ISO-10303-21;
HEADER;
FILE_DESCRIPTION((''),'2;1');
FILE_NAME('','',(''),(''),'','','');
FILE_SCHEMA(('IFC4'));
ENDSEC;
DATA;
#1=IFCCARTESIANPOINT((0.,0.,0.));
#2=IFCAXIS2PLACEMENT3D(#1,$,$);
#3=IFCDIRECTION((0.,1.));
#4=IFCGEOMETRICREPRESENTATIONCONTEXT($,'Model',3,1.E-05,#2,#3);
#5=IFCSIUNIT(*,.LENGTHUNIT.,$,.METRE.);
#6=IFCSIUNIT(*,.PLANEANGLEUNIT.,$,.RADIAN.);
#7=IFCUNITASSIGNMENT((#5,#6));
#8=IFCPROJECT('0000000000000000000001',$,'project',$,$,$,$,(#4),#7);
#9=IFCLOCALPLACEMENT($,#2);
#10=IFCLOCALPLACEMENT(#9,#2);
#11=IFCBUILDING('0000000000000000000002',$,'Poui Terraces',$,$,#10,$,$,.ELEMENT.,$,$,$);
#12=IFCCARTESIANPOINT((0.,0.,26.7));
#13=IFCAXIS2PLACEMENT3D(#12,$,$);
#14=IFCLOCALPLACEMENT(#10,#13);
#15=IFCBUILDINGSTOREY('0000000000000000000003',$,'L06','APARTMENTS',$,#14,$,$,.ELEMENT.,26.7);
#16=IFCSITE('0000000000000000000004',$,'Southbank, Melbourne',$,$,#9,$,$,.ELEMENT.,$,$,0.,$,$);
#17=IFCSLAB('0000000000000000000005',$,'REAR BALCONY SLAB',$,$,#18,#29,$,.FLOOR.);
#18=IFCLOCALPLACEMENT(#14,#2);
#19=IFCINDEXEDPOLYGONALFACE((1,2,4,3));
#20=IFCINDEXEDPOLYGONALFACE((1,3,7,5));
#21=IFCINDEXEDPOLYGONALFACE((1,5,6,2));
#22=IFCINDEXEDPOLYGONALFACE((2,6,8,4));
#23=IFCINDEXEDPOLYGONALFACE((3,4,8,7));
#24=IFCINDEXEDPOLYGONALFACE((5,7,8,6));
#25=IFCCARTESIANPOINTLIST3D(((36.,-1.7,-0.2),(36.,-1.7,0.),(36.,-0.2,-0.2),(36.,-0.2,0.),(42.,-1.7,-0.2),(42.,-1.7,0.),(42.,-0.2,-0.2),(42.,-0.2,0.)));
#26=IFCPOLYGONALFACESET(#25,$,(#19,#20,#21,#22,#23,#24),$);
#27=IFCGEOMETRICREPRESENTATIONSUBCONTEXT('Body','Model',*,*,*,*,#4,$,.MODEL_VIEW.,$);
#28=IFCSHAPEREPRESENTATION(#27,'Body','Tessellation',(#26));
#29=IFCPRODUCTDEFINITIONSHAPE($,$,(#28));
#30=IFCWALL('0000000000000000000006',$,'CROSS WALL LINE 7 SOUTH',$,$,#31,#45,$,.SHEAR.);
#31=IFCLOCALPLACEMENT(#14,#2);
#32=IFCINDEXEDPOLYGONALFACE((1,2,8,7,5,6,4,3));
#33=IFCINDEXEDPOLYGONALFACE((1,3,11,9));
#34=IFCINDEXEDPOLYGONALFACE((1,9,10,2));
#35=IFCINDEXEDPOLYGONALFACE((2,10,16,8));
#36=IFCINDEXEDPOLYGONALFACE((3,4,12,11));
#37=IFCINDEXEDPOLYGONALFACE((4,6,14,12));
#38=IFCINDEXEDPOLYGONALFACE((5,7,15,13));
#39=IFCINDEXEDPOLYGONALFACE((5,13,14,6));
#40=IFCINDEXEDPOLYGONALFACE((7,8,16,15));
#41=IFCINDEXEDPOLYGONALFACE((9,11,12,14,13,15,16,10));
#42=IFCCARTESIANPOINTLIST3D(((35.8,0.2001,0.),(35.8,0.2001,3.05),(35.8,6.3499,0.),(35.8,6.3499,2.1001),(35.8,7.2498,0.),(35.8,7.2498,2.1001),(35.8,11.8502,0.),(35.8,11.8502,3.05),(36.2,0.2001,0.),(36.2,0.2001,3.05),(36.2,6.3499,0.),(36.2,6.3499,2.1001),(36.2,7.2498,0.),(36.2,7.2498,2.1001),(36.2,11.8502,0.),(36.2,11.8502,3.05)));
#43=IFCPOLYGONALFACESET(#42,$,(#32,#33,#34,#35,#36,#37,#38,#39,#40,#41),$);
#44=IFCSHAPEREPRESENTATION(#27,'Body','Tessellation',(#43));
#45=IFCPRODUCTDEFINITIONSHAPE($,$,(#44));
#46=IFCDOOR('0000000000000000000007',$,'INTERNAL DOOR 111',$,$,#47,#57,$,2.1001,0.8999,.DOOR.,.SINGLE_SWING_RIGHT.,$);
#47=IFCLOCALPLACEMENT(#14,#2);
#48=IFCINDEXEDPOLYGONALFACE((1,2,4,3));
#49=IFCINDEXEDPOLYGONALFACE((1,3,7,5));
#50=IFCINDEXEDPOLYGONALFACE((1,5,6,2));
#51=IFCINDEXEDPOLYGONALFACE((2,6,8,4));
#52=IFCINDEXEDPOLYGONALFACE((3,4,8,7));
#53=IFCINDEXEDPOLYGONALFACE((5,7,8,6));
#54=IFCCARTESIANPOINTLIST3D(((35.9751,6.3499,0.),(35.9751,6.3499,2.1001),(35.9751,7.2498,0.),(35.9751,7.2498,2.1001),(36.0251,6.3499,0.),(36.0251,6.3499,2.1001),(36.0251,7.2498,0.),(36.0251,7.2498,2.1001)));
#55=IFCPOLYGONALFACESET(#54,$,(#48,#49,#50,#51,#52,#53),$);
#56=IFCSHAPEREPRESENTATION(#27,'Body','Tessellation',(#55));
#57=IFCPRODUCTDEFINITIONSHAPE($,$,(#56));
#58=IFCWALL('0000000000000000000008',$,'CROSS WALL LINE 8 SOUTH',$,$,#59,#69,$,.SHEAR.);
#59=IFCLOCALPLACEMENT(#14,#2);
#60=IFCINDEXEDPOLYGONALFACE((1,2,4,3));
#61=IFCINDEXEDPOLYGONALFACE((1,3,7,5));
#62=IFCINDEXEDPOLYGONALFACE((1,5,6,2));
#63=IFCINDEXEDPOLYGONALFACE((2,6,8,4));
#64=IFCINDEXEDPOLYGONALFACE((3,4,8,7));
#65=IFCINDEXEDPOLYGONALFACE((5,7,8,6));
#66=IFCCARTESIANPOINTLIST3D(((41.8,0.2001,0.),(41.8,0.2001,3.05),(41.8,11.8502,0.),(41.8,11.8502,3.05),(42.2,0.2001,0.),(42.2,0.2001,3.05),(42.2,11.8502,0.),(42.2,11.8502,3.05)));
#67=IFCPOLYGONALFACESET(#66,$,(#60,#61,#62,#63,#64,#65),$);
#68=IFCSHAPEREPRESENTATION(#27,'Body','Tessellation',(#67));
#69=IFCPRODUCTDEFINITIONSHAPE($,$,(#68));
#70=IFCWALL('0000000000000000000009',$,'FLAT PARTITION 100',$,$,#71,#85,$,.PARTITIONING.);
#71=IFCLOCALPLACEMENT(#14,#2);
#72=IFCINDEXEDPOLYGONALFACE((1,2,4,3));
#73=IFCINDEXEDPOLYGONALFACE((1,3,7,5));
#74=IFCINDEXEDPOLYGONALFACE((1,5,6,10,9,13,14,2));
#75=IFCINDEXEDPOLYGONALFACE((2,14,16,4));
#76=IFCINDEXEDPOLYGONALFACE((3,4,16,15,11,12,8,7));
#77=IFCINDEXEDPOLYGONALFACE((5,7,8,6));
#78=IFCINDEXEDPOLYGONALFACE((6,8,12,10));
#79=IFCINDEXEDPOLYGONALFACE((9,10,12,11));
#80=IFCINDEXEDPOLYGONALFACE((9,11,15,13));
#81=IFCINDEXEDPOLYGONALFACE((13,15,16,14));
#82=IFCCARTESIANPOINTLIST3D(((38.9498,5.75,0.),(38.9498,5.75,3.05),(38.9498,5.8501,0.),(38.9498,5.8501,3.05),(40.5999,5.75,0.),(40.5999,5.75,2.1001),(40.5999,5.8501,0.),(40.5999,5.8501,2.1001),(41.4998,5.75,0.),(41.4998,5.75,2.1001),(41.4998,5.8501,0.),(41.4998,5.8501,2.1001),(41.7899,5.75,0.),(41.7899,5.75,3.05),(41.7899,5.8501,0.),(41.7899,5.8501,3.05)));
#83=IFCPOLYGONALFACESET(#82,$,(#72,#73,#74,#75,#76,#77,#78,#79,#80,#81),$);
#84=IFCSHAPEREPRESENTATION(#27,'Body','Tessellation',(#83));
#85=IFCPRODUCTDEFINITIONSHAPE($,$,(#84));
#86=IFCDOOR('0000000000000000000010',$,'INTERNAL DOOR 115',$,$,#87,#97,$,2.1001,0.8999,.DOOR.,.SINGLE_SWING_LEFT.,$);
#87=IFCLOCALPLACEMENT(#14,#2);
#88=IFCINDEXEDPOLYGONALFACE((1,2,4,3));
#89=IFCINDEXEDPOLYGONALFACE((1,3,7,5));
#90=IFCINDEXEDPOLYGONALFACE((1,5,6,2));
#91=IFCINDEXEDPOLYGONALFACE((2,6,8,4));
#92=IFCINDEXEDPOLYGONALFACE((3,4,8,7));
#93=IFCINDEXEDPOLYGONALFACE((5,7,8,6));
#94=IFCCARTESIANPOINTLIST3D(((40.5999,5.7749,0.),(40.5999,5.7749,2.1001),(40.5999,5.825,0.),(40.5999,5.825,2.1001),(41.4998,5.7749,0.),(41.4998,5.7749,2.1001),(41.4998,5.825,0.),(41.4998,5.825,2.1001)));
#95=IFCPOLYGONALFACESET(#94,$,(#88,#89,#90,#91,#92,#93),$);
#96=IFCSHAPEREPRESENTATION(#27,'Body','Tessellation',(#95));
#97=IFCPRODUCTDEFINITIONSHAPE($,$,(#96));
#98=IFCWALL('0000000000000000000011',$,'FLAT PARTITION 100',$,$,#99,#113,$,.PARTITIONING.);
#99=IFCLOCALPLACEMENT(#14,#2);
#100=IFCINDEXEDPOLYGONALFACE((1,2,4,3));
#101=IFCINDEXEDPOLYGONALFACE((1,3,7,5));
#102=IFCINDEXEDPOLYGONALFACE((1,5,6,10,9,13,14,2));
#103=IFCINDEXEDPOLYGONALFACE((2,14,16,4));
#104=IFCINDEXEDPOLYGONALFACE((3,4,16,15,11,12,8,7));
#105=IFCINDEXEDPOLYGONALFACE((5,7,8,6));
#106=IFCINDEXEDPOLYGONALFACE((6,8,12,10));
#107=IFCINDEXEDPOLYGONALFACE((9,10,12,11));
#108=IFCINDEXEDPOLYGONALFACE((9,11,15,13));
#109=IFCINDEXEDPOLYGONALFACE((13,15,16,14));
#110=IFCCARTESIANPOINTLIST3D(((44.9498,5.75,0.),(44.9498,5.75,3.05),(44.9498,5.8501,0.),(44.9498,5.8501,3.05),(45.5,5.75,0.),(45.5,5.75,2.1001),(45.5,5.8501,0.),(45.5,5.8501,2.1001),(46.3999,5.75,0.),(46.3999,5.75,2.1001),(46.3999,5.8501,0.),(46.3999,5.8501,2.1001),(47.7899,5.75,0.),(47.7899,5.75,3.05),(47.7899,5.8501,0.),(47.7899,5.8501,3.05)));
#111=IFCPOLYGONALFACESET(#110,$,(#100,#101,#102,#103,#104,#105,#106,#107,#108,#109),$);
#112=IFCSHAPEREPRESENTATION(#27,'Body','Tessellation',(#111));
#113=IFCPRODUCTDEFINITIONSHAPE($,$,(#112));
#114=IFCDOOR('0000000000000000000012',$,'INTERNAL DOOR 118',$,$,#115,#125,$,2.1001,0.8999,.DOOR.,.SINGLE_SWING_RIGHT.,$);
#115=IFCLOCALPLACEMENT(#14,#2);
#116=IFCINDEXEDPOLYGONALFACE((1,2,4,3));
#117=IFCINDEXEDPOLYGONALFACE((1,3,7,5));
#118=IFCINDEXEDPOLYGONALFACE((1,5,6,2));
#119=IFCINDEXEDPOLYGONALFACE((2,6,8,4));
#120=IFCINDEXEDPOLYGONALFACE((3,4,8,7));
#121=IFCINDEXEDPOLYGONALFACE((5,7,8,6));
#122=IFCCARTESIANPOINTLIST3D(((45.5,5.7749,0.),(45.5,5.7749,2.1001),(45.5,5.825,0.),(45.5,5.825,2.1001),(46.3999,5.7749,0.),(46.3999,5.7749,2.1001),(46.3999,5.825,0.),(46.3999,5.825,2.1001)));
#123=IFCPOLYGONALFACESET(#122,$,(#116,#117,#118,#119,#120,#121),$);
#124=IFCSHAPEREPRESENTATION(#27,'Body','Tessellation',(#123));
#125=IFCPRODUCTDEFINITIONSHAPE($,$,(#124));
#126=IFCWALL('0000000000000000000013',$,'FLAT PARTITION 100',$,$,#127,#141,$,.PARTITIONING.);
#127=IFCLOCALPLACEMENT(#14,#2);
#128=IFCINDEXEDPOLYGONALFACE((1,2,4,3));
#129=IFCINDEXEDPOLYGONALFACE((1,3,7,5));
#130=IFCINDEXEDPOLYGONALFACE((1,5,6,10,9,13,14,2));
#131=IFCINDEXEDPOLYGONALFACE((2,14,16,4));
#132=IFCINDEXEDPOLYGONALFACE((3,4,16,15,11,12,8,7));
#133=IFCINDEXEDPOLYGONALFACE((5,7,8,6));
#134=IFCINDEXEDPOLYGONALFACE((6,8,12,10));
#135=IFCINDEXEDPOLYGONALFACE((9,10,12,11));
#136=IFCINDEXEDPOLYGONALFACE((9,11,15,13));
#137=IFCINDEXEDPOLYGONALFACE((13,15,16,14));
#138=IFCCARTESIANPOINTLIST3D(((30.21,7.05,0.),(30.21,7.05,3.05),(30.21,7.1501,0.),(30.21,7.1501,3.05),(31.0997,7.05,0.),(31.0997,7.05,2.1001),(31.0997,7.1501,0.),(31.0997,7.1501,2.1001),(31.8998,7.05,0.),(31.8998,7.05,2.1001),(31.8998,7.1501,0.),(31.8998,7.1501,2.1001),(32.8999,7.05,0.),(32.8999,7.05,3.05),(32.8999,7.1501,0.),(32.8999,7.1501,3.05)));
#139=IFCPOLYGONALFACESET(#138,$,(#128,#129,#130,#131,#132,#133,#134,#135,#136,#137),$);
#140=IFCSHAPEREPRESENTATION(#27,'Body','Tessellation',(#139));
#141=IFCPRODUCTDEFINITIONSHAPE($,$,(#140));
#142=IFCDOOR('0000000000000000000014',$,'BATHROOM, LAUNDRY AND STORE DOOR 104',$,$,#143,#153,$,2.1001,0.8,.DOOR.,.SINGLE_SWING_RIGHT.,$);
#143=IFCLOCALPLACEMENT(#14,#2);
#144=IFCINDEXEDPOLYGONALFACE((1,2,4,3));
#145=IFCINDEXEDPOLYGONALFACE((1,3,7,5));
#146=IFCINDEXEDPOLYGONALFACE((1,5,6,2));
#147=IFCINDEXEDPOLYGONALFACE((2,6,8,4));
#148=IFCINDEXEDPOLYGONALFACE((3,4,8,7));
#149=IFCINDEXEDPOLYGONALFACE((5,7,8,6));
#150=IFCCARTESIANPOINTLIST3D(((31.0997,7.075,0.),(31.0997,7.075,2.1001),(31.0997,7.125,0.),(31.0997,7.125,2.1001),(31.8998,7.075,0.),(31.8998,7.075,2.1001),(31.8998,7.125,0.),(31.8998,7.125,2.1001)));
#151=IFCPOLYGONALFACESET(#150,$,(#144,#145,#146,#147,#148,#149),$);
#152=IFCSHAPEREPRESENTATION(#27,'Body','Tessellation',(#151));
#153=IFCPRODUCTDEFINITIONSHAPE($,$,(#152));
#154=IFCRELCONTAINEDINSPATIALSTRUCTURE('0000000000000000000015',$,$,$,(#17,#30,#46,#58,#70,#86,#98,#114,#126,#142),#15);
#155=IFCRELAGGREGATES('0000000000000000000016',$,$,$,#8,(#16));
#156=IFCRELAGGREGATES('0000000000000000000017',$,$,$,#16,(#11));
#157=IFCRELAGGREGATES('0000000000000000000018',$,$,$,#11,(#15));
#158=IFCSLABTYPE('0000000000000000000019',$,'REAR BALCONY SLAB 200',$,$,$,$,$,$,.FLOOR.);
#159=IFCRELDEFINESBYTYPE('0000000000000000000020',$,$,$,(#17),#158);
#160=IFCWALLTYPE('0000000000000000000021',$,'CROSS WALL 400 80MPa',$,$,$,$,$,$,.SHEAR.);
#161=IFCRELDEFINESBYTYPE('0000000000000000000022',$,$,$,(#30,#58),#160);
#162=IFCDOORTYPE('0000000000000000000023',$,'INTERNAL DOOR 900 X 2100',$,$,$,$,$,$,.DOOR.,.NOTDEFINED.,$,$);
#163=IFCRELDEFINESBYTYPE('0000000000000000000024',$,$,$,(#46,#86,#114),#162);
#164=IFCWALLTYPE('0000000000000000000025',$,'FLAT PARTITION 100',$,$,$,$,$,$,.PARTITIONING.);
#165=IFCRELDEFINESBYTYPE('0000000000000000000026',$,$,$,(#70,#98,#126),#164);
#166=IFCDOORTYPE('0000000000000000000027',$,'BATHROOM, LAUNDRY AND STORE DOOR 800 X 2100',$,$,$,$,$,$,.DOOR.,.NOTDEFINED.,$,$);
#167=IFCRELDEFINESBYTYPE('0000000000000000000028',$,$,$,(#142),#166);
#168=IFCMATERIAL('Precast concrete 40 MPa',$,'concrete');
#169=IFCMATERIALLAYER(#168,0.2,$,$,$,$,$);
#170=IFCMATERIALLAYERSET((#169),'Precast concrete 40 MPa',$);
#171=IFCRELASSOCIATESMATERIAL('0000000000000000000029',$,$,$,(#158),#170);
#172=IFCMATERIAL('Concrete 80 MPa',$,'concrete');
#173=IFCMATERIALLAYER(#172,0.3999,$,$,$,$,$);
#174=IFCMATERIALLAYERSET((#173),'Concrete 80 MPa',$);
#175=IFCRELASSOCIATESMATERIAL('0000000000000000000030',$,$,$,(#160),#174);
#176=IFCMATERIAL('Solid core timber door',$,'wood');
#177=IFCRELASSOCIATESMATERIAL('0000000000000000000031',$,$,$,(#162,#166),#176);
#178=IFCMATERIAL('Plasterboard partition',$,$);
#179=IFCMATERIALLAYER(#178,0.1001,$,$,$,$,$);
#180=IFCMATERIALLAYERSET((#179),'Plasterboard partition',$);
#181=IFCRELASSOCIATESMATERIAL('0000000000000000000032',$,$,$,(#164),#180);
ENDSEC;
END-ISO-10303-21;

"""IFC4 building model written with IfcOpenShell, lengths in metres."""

from ifc_helpers import new_model, si_unit, direction, frame, frame_2d, origin, place, context, subcontext, project, spatial, polyline, rectangle, outline, extrude, source, transform, mapped, material, layer, layer_set, type_object, element, fill, save


model = new_model("IFC4")

# Units and contexts
model_context = context("Model", 3, precision=1e-05, world=origin(), true_north=direction((0.0, 1.0)))
body_context = subcontext(model_context, "Body", "Model", "MODEL_VIEW")
ifc_project = project(units=[si_unit("LENGTHUNIT", "METRE"), si_unit("PLANEANGLEUNIT", "RADIAN")], contexts=[model_context])

# Site, building, storey
site_placement = place(None, origin())
site = spatial("IfcSite", under=ifc_project, at=site_placement, Name="Southbank, Melbourne", CompositionType="ELEMENT", RefElevation=0.0)
building_placement = place(site_placement, origin())
building = spatial("IfcBuilding", under=site, at=building_placement, Name="Poui Terraces", CompositionType="ELEMENT")
storey_placement = place(building_placement, frame((0.0, 0.0, 26.7)))
storey = spatial("IfcBuildingStorey", under=building, at=storey_placement, Name="L06", Description="APARTMENTS", CompositionType="ELEMENT", Elevation=26.7)

# Slab
ifc_material_1 = material(Name="Precast concrete 40 MPa", Category="concrete")
ifc_layer_1 = layer(ifc_material_1, 0.2)
ifc_layer_set_1 = layer_set([ifc_layer_1], Name="Precast concrete 40 MPa")
slab_type = type_object("IfcSlabType", Name="REAR BALCONY SLAB 200", PredefinedType="FLOOR", material=ifc_layer_set_1)
shared_shape_1 = source(origin(), body_context, "Body", "SweptSolid", [
    extrude(outline(polyline([(0.0, 0.0), (6.0, 0.0), (6.0, 1.5), (0.0, 1.5), (0.0, 0.0)])), origin(), (0.0, 0.0, 1.0), 0.2),
])
slab_placement = place(storey_placement, frame((36.0, -1.7, -0.2)))
element("IfcSlab", 1, at=slab_placement, inside=storey, type_object=slab_type, Name="REAR BALCONY SLAB", PredefinedType="FLOOR", context=body_context, shape_type="MappedRepresentation", body=[
    mapped(shared_shape_1, transform((0.0, 0.0, 0.0))),
])

# Wall, opening, door
ifc_material_2 = material(Name="Concrete 80 MPa", Category="concrete")
ifc_layer_2 = layer(ifc_material_2, 0.3999)
ifc_layer_set_2 = layer_set([ifc_layer_2], Name="Concrete 80 MPa")
wall_type_1 = type_object("IfcWallType", Name="CROSS WALL 400 80MPa", PredefinedType="SHEAR", material=ifc_layer_set_2)
wall_1_placement = place(storey_placement, frame((36.0, 0.2, 0.0), z_axis=(0.0, 0.0, 1.0), x_axis=(0.0, 1.0, 0.0)))
wall_1 = element("IfcWall", 2, at=wall_1_placement, inside=storey, type_object=wall_type_1, Name="CROSS WALL LINE 7 SOUTH", PredefinedType="SHEAR", context=body_context, shape_type="SweptSolid", body=[
    extrude(rectangle(XDim=11.6501, YDim=0.3999, at=frame_2d((5.8252, 0.0))), origin(), (0.0, 0.0, 1.0), 3.05),
])
opening_1_placement = place(wall_1_placement, frame((6.1499, 0.0, 0.0)))
opening_1 = element("IfcOpeningElement", 3, at=opening_1_placement, cuts=wall_1, PredefinedType="OPENING", context=body_context, shape_type="SweptSolid", body=[
    extrude(rectangle(XDim=0.8999, YDim=2.1001, at=frame_2d((0.45, 1.05))), frame((0.0, 0.21, 0.0), z_axis=(0.0, -1.0, 0.0), x_axis=(1.0, 0.0, 0.0)), (0.0, 0.0, 1.0), 0.4199),
])
ifc_material_3 = material(Name="Solid core timber door", Category="wood")
door_type_1 = type_object("IfcDoorType", Name="INTERNAL DOOR 900 X 2100", OperationType="NOTDEFINED", PredefinedType="DOOR", material=ifc_material_3)
door_1_placement = place(opening_1_placement, origin())
door_1 = element("IfcDoor", 4, at=door_1_placement, inside=storey, type_object=door_type_1, Name="INTERNAL DOOR 111", OperationType="SINGLE_SWING_RIGHT", OverallHeight=2.1001, OverallWidth=0.8999, PredefinedType="DOOR", context=body_context, shape_type="SweptSolid", body=[
    extrude(rectangle(XDim=0.8999, YDim=2.1001, at=frame_2d((0.45, 1.05))), frame((0.0, 0.0249, 0.0), z_axis=(0.0, -1.0, 0.0), x_axis=(1.0, 0.0, 0.0)), (0.0, 0.0, 1.0), 0.05),
])
fill(opening_1, door_1)

# Wall
wall_2_placement = place(storey_placement, frame((42.0, 0.2, 0.0), z_axis=(0.0, 0.0, 1.0), x_axis=(0.0, 1.0, 0.0)))
element("IfcWall", 5, at=wall_2_placement, inside=storey, type_object=wall_type_1, Name="CROSS WALL LINE 8 SOUTH", PredefinedType="SHEAR", context=body_context, shape_type="SweptSolid", body=[
    extrude(rectangle(XDim=11.6501, YDim=0.3999, at=frame_2d((5.8252, 0.0))), origin(), (0.0, 0.0, 1.0), 3.05),
])

# Walls, openings, doors
ifc_material_4 = material(Name="Plasterboard partition")
ifc_layer_3 = layer(ifc_material_4, 0.1001)
ifc_layer_set_3 = layer_set([ifc_layer_3], Name="Plasterboard partition")
wall_type_2 = type_object("IfcWallType", Name="FLAT PARTITION 100", PredefinedType="PARTITIONING", material=ifc_layer_set_3)
wall_3_placement = place(storey_placement, frame((38.95, 5.8, 0.0), z_axis=(0.0, 0.0, 1.0), x_axis=(1.0, 0.0, 0.0)))
wall_3 = element("IfcWall", 6, at=wall_3_placement, inside=storey, type_object=wall_type_2, Name="FLAT PARTITION 100", PredefinedType="PARTITIONING", context=body_context, shape_type="SweptSolid", body=[
    extrude(rectangle(XDim=2.8401, YDim=0.1001, at=frame_2d((1.4199, 0.0))), origin(), (0.0, 0.0, 1.0), 3.05),
])
opening_2_placement = place(wall_3_placement, frame((1.6499, 0.0, 0.0)))
opening_2 = element("IfcOpeningElement", 7, at=opening_2_placement, cuts=wall_3, PredefinedType="OPENING", context=body_context, shape_type="SweptSolid", body=[
    extrude(rectangle(XDim=0.8999, YDim=2.1001, at=frame_2d((0.45, 1.05))), frame((0.0, 0.0601, 0.0), z_axis=(0.0, -1.0, 0.0), x_axis=(1.0, 0.0, 0.0)), (0.0, 0.0, 1.0), 0.1201),
])
door_2_placement = place(opening_2_placement, origin())
door_2 = element("IfcDoor", 8, at=door_2_placement, inside=storey, type_object=door_type_1, Name="INTERNAL DOOR 115", OperationType="SINGLE_SWING_LEFT", OverallHeight=2.1001, OverallWidth=0.8999, PredefinedType="DOOR", context=body_context, shape_type="SweptSolid", body=[
    extrude(rectangle(XDim=0.8999, YDim=2.1001, at=frame_2d((0.45, 1.05))), frame((0.0, 0.0249, 0.0), z_axis=(0.0, -1.0, 0.0), x_axis=(1.0, 0.0, 0.0)), (0.0, 0.0, 1.0), 0.05),
])
fill(opening_2, door_2)
wall_4_placement = place(storey_placement, frame((44.95, 5.8, 0.0), z_axis=(0.0, 0.0, 1.0), x_axis=(1.0, 0.0, 0.0)))
wall_4 = element("IfcWall", 9, at=wall_4_placement, inside=storey, type_object=wall_type_2, Name="FLAT PARTITION 100", PredefinedType="PARTITIONING", context=body_context, shape_type="SweptSolid", body=[
    extrude(rectangle(XDim=2.8401, YDim=0.1001, at=frame_2d((1.4199, 0.0))), origin(), (0.0, 0.0, 1.0), 3.05),
])
opening_3_placement = place(wall_4_placement, frame((0.55, 0.0, 0.0)))
opening_3 = element("IfcOpeningElement", 10, at=opening_3_placement, cuts=wall_4, PredefinedType="OPENING", context=body_context, shape_type="SweptSolid", body=[
    extrude(rectangle(XDim=0.8999, YDim=2.1001, at=frame_2d((0.45, 1.05))), frame((0.0, 0.0601, 0.0), z_axis=(0.0, -1.0, 0.0), x_axis=(1.0, 0.0, 0.0)), (0.0, 0.0, 1.0), 0.1201),
])
door_3_placement = place(opening_3_placement, origin())
door_3 = element("IfcDoor", 11, at=door_3_placement, inside=storey, type_object=door_type_1, Name="INTERNAL DOOR 118", OperationType="SINGLE_SWING_RIGHT", OverallHeight=2.1001, OverallWidth=0.8999, PredefinedType="DOOR", context=body_context, shape_type="SweptSolid", body=[
    extrude(rectangle(XDim=0.8999, YDim=2.1001, at=frame_2d((0.45, 1.05))), frame((0.0, 0.0249, 0.0), z_axis=(0.0, -1.0, 0.0), x_axis=(1.0, 0.0, 0.0)), (0.0, 0.0, 1.0), 0.05),
])
fill(opening_3, door_3)
wall_5_placement = place(storey_placement, frame((30.21, 7.1001, 0.0), z_axis=(0.0, 0.0, 1.0), x_axis=(1.0, 0.0, 0.0)))
wall_5 = element("IfcWall", 12, at=wall_5_placement, inside=storey, type_object=wall_type_2, Name="FLAT PARTITION 100", PredefinedType="PARTITIONING", context=body_context, shape_type="SweptSolid", body=[
    extrude(rectangle(XDim=2.6899, YDim=0.1001, at=frame_2d((1.345, 0.0))), origin(), (0.0, 0.0, 1.0), 3.05),
])
opening_4_placement = place(wall_5_placement, frame((0.8899, 0.0, 0.0)))
opening_4 = element("IfcOpeningElement", 13, at=opening_4_placement, cuts=wall_5, PredefinedType="OPENING", context=body_context, shape_type="SweptSolid", body=[
    extrude(rectangle(XDim=0.8, YDim=2.1001, at=frame_2d((0.3999, 1.05))), frame((0.0, 0.0601, 0.0), z_axis=(0.0, -1.0, 0.0), x_axis=(1.0, 0.0, 0.0)), (0.0, 0.0, 1.0), 0.1201),
])
door_type_2 = type_object("IfcDoorType", Name="BATHROOM, LAUNDRY AND STORE DOOR 800 X 2100", OperationType="NOTDEFINED", PredefinedType="DOOR", material=ifc_material_3)
door_4_placement = place(opening_4_placement, origin())
door_4 = element("IfcDoor", 14, at=door_4_placement, inside=storey, type_object=door_type_2, Name="BATHROOM, LAUNDRY AND STORE DOOR 104", OperationType="SINGLE_SWING_RIGHT", OverallHeight=2.1001, OverallWidth=0.8, PredefinedType="DOOR", context=body_context, shape_type="SweptSolid", body=[
    extrude(rectangle(XDim=0.8, YDim=2.1001, at=frame_2d((0.3999, 1.05))), frame((0.0, 0.0249, 0.0), z_axis=(0.0, -1.0, 0.0), x_axis=(1.0, 0.0, 0.0)), (0.0, 0.0, 1.0), 0.05),
])
fill(opening_4, door_4)

save(model, "model.ifc")
